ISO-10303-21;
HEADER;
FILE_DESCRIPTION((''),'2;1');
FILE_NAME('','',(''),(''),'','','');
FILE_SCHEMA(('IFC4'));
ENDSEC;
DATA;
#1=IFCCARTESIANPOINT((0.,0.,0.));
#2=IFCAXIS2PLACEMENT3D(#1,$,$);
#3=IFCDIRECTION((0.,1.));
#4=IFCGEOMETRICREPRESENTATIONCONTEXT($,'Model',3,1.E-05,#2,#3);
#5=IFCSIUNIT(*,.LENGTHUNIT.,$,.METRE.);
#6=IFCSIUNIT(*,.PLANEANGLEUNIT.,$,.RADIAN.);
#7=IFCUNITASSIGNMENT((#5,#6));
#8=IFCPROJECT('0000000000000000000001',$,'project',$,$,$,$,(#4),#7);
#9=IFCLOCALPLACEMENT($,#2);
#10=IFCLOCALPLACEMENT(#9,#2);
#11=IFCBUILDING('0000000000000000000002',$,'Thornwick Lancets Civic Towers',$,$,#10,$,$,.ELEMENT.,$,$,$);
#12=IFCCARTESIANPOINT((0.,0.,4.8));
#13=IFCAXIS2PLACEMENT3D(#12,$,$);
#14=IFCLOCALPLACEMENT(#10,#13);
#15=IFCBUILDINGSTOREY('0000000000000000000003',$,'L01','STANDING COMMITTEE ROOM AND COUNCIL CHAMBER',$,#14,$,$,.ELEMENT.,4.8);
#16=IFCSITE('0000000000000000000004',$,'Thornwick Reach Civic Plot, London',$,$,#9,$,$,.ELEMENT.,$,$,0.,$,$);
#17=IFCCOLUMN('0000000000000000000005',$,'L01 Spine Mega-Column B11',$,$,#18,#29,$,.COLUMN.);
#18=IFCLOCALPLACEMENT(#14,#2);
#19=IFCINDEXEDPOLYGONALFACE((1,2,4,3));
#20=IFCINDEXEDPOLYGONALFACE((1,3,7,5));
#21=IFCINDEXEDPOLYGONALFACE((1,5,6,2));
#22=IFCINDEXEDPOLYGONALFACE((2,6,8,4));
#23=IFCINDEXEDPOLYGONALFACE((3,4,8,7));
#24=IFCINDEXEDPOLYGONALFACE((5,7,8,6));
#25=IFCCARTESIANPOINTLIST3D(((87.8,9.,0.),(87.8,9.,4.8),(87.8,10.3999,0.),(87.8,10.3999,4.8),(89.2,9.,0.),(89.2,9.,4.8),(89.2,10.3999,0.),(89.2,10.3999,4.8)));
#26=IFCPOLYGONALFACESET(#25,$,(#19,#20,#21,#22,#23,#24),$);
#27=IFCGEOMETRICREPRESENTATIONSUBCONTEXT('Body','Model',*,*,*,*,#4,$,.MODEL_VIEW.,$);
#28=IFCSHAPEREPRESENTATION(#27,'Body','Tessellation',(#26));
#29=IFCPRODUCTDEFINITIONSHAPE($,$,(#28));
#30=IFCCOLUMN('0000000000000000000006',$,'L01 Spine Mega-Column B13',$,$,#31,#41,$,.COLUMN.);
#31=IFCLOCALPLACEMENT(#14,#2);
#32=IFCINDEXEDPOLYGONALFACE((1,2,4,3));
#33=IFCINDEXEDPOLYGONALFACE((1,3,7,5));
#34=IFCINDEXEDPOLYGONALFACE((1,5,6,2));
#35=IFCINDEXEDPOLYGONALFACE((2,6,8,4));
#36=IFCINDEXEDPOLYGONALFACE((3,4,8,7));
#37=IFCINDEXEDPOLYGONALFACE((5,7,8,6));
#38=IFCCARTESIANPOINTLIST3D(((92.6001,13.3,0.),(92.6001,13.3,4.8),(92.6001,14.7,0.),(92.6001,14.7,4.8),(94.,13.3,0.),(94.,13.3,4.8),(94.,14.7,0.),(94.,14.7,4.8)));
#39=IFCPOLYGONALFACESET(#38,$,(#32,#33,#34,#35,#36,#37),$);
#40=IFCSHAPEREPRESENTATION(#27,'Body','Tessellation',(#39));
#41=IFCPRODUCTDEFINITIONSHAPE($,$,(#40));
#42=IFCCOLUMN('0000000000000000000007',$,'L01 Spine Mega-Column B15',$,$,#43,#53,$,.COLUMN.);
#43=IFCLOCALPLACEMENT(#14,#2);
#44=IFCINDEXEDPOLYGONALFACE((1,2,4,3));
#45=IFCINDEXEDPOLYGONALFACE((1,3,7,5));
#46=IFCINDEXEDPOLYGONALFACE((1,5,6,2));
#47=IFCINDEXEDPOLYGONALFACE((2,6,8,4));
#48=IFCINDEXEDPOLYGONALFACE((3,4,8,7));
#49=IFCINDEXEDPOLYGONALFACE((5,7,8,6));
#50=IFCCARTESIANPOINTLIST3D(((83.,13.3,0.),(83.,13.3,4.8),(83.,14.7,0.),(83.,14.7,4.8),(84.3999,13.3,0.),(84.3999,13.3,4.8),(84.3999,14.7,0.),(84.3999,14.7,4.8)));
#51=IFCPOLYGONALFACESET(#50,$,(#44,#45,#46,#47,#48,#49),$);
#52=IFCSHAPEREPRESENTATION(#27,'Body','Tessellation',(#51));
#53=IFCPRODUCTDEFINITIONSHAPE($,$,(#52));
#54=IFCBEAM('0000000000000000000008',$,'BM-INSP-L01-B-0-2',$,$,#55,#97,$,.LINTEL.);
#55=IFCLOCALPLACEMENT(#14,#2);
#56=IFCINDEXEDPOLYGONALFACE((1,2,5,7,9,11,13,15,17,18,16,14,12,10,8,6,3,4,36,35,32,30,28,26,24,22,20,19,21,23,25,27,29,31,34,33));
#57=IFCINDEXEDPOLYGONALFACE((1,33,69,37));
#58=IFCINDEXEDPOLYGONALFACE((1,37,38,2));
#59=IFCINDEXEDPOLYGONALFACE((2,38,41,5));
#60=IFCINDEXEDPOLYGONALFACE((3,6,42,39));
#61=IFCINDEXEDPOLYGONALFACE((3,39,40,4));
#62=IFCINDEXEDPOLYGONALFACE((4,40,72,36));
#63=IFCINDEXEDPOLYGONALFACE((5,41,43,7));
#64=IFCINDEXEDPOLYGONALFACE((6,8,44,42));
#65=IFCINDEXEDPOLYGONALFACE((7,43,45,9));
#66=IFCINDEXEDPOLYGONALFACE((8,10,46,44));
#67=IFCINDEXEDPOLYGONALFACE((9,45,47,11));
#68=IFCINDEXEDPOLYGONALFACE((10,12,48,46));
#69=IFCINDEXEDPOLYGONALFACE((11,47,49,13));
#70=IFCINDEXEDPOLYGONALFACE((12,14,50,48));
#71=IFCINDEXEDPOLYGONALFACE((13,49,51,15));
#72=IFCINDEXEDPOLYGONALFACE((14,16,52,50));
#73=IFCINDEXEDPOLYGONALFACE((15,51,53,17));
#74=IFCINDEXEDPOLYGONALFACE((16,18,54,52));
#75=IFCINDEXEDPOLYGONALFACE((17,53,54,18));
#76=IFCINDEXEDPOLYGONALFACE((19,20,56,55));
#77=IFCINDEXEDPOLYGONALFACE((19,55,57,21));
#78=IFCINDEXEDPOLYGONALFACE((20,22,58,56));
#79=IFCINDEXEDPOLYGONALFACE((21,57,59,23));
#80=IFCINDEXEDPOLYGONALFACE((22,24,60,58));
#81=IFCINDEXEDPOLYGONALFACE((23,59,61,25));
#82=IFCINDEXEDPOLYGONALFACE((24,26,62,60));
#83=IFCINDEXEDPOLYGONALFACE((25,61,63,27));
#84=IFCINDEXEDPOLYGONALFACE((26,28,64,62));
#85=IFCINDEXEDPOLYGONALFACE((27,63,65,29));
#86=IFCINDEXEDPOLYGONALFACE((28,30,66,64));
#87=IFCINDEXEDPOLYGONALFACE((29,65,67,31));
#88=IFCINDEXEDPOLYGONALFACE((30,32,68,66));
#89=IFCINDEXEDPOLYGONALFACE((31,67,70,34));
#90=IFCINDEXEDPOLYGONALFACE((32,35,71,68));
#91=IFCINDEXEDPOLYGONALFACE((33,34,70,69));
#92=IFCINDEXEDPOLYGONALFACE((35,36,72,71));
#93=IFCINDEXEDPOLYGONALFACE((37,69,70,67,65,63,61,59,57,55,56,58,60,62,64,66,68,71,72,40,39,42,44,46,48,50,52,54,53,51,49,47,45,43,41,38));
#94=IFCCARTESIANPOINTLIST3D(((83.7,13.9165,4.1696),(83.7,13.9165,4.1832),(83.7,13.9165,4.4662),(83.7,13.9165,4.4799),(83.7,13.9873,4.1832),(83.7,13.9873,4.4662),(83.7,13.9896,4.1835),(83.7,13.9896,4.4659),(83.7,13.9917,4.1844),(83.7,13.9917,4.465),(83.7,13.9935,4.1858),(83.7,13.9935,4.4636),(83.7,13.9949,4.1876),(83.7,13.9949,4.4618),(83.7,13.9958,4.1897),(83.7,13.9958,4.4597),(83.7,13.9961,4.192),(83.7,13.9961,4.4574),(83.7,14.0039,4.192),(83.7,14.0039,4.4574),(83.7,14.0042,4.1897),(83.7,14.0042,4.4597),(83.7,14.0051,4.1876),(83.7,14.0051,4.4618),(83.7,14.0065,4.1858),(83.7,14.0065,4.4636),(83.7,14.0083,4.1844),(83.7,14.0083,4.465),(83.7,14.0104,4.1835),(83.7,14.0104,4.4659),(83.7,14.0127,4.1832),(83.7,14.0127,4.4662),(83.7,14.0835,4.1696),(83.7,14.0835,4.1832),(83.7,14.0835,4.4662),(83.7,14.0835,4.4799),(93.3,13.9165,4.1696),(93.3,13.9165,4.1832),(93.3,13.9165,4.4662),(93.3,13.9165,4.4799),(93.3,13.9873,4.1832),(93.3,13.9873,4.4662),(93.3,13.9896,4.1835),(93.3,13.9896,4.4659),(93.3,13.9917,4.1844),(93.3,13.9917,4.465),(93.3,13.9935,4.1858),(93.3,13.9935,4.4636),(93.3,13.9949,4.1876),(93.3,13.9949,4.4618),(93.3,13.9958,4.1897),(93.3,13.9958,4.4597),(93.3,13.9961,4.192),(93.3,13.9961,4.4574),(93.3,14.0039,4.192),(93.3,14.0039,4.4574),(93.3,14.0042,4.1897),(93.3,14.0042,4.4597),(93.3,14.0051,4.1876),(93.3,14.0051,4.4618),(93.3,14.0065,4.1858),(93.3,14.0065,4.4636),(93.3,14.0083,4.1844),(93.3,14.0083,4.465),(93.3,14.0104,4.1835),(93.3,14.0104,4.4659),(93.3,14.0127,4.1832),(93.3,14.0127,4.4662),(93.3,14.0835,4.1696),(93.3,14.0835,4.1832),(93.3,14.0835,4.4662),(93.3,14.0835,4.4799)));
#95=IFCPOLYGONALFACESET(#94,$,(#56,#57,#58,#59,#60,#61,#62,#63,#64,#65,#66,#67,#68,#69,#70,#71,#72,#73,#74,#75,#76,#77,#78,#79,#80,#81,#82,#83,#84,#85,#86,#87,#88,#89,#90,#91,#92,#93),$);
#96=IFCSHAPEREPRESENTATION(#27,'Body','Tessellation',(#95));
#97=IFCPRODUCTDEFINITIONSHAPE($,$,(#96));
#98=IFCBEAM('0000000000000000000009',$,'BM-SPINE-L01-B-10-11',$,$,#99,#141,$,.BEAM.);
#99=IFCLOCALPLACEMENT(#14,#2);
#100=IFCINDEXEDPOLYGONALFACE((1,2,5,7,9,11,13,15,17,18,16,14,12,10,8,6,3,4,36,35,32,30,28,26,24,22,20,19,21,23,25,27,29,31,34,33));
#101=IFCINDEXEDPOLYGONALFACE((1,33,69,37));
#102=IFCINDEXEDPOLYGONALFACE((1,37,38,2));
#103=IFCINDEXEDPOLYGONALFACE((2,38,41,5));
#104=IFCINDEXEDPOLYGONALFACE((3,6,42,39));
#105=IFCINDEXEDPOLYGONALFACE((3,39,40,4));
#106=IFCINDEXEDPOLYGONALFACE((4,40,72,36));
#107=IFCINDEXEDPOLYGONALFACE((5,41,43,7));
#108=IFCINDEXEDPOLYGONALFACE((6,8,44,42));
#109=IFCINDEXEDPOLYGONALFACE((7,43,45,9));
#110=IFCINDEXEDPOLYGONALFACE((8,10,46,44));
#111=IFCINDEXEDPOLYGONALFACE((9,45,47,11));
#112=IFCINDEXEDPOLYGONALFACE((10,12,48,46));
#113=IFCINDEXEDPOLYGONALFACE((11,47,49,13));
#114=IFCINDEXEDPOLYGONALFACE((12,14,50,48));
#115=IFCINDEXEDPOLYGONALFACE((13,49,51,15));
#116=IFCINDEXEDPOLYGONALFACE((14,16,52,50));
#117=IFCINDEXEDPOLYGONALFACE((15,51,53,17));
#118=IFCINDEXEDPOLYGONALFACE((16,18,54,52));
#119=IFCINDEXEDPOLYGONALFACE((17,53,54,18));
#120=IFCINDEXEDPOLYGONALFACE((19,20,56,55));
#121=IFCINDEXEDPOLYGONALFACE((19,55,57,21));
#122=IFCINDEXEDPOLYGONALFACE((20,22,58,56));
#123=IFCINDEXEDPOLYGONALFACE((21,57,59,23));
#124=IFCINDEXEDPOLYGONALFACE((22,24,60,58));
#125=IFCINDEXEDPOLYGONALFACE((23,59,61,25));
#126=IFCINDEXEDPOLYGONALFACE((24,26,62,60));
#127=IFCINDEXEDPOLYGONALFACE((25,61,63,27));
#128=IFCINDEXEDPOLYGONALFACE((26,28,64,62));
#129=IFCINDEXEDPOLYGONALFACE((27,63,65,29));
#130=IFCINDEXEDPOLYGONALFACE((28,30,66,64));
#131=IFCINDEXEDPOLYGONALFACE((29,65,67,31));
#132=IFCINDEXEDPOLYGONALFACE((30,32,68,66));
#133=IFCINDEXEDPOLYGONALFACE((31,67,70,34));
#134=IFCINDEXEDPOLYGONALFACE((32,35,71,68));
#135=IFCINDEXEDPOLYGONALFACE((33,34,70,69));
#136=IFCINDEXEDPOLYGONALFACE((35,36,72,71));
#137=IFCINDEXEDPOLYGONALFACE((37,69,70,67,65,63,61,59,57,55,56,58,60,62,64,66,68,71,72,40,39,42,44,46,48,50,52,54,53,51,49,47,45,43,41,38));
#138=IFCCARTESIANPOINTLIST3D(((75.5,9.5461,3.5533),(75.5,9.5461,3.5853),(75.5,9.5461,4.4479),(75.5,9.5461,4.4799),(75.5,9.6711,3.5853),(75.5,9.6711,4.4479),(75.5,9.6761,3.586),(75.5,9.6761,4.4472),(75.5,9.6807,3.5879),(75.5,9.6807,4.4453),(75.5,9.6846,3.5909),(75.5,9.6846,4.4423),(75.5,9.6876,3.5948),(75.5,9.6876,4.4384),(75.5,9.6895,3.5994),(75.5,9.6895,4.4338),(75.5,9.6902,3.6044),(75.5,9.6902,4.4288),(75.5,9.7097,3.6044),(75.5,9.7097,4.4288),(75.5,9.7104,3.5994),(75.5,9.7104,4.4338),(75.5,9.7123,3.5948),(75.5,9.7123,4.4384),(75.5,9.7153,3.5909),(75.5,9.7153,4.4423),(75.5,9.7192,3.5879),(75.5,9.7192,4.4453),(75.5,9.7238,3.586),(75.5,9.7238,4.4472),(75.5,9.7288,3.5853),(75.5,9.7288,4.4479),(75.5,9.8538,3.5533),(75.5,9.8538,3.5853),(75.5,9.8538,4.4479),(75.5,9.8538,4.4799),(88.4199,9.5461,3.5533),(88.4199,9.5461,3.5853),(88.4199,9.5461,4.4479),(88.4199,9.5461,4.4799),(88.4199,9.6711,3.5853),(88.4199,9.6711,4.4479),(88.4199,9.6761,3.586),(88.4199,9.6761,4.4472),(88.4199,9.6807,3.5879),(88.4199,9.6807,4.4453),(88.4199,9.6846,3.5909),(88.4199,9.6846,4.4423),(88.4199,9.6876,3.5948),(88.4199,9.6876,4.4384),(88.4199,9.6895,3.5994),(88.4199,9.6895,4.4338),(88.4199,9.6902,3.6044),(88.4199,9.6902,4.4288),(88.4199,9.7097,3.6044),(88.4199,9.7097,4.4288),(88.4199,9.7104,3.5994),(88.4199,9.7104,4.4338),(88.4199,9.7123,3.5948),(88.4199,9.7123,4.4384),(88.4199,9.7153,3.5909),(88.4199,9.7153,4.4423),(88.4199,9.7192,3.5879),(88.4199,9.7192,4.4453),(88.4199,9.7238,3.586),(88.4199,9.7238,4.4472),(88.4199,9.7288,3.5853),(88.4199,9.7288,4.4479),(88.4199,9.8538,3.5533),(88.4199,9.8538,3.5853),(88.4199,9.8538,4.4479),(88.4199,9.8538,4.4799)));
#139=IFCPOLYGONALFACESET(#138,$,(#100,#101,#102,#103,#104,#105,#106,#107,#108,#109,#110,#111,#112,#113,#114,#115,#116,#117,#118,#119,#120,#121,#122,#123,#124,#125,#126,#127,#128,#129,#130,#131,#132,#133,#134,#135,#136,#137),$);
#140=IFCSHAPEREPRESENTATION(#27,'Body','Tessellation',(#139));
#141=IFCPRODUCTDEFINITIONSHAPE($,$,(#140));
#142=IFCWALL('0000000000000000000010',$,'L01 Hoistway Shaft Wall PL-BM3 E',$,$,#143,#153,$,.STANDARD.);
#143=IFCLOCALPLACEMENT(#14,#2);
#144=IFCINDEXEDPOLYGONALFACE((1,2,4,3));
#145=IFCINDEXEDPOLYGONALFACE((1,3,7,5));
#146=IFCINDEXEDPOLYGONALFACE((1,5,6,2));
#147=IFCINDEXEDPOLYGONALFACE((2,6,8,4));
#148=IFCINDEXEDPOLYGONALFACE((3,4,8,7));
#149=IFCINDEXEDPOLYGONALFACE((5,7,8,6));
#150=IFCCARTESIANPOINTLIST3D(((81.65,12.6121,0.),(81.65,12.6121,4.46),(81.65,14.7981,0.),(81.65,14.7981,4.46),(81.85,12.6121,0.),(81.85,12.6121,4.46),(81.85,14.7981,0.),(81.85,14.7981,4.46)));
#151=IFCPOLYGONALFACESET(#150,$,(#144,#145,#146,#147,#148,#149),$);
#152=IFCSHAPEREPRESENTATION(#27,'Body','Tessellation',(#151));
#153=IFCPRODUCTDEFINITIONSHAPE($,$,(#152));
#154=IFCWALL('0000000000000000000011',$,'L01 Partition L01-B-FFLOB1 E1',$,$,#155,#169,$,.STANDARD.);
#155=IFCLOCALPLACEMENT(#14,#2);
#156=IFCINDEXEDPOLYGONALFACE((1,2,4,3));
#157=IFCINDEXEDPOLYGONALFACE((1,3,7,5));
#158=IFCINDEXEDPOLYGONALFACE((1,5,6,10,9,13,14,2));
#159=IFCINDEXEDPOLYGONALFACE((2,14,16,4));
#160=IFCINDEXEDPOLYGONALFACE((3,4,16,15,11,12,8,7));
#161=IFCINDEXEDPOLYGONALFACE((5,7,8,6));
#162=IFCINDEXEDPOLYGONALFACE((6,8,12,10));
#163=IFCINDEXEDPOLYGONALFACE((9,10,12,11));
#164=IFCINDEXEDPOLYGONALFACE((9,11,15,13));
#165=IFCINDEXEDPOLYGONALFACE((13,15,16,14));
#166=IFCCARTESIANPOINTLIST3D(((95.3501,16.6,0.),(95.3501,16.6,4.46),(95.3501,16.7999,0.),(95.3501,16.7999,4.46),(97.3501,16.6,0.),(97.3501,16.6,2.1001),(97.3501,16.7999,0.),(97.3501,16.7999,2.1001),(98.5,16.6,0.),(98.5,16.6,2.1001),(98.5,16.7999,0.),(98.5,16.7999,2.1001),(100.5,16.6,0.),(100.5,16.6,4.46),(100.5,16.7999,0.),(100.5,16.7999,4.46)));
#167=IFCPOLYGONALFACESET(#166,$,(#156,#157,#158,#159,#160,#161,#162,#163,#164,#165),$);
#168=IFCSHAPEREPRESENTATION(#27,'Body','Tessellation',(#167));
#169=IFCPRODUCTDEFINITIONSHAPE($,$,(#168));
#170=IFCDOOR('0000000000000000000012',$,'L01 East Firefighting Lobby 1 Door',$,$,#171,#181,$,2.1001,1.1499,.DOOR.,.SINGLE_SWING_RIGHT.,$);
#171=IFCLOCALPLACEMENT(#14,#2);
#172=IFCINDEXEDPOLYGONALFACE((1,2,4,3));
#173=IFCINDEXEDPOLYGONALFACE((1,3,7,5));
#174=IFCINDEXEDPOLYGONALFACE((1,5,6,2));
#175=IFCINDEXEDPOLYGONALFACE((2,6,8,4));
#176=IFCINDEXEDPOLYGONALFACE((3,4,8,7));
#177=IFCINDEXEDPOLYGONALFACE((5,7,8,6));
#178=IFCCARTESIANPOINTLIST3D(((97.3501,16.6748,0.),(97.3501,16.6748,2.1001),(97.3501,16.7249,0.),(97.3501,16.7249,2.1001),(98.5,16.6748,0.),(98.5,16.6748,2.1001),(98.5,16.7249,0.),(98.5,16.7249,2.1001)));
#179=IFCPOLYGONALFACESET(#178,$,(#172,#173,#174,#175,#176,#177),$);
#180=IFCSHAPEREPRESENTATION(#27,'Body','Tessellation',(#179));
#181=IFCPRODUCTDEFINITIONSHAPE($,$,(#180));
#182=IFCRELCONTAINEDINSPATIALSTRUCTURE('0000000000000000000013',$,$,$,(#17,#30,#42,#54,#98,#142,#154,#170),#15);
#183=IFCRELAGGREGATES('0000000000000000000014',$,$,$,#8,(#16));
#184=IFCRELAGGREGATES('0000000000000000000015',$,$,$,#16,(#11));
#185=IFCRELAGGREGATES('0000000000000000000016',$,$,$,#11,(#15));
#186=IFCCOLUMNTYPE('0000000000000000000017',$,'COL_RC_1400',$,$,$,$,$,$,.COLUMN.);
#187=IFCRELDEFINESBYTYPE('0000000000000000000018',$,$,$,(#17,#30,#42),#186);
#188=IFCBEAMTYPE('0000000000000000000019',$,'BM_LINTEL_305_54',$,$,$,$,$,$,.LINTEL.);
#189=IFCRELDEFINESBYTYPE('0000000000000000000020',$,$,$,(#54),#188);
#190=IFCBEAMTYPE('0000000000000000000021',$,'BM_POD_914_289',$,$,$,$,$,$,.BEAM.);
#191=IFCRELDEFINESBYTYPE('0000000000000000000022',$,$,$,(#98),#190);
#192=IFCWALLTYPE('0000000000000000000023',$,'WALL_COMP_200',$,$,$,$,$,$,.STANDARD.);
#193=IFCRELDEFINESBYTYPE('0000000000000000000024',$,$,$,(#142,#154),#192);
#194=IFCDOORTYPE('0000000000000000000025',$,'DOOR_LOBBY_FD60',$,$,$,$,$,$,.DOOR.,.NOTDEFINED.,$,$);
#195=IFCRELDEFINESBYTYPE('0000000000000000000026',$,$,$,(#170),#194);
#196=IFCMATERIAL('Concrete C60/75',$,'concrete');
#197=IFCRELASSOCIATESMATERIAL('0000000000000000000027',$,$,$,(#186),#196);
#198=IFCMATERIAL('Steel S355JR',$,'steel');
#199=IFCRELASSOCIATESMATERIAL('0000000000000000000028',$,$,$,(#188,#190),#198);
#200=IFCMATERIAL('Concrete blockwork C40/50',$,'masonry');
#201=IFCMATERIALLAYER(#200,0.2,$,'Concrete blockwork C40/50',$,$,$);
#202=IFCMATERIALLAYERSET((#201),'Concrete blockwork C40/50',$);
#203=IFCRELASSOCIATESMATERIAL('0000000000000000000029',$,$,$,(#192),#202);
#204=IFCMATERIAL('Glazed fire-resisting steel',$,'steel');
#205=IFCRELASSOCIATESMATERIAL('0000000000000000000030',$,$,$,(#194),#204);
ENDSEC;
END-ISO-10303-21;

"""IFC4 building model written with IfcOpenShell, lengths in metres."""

from ifc_helpers import new_model, si_unit, direction, frame, frame_2d, origin, origin_2d, place, context, subcontext, project, spatial, rectangle, i_section, extrude, material, layer, layer_set, material_profile, profile_set, type_object, element, fill, save


model = new_model("IFC4")

# Units and contexts
model_context = context("Model", 3, precision=1e-05, world=origin(), true_north=direction((0.0, 1.0)))
body_context = subcontext(model_context, "Body", "Model", "MODEL_VIEW")
ifc_project = project(units=[si_unit("LENGTHUNIT", "METRE"), si_unit("PLANEANGLEUNIT", "RADIAN")], contexts=[model_context])

# Site, building, storey
site_placement = place(None, origin())
site = spatial("IfcSite", under=ifc_project, at=site_placement, Name="Thornwick Reach Civic Plot, London", CompositionType="ELEMENT", RefElevation=0.0)
building_placement = place(site_placement, origin())
building = spatial("IfcBuilding", under=site, at=building_placement, Name="Thornwick Lancets Civic Towers", CompositionType="ELEMENT")
storey_placement = place(building_placement, frame((0.0, 0.0, 4.8)))
storey = spatial("IfcBuildingStorey", under=building, at=storey_placement, Name="L01", Description="STANDING COMMITTEE ROOM AND COUNCIL CHAMBER", CompositionType="ELEMENT", Elevation=4.8)

# Columns
ifc_material_1 = material(Name="Concrete C60/75", Category="concrete")
ifc_material_profile_1 = material_profile(ifc_material_1, rectangle(XDim=1.3999, YDim=1.3999, at=origin_2d()), Name="RC 1400x1400")
ifc_profile_set_1 = profile_set([ifc_material_profile_1], Name="Concrete C60/75")
column_type = type_object("IfcColumnType", Name="COL_RC_1400", PredefinedType="COLUMN", material=ifc_profile_set_1)
for number, where, z_axis, x_axis, name in (
    (1, (88.5, 9.7, 0.0), (0.0, 0.0, 1.0), (1.0, 0.0, 0.0), "L01 Spine Mega-Column B11"),
    (2, (93.3, 14.0, 0.0), (0.0, 0.0, 1.0), (1.0, 0.0, 0.0), "L01 Spine Mega-Column B13"),
    (3, (83.7, 14.0, 0.0), (0.0, 0.0, 1.0), (1.0, 0.0, 0.0), "L01 Spine Mega-Column B15"),
):
    element("IfcColumn", number, at=place(storey_placement, frame(where, z_axis=z_axis, x_axis=x_axis)), inside=storey, type_object=column_type, Name=name, PredefinedType="COLUMN", context=body_context, shape_type="SweptSolid", body=[
        extrude(rectangle(XDim=1.3999, YDim=1.3999, at=origin_2d()), origin(), (0.0, 0.0, 1.0), 4.8),
    ])

# Beams
ifc_material_2 = material(Name="Steel S355JR", Category="steel")
ifc_material_profile_2 = material_profile(ifc_material_2, i_section(OverallWidth=0.167, OverallDepth=0.3103, WebThickness=0.0078, FlangeThickness=0.0137, FilletRadius=0.0088, at=origin_2d()), Name="UKB 305x165x54")
ifc_profile_set_2 = profile_set([ifc_material_profile_2], Name="Steel S355JR")
beam_type_1 = type_object("IfcBeamType", Name="BM_LINTEL_305_54", PredefinedType="LINTEL", material=ifc_profile_set_2)
beam_1_placement = place(storey_placement, frame((93.3, 14.0, 4.3247), z_axis=(-1.0, 0.0, 0.0), x_axis=(0.0, -1.0, 0.0)))
element("IfcBeam", 4, at=beam_1_placement, inside=storey, type_object=beam_type_1, Name="BM-INSP-L01-B-0-2", PredefinedType="LINTEL", context=body_context, shape_type="SweptSolid", body=[
    extrude(i_section(OverallWidth=0.167, OverallDepth=0.3103, WebThickness=0.0078, FlangeThickness=0.0137, FilletRadius=0.0088, at=origin_2d()), origin(), (0.0, 0.0, 1.0), 9.6001),
])
ifc_material_profile_3 = material_profile(ifc_material_2, i_section(OverallWidth=0.3076, OverallDepth=0.9265, WebThickness=0.0195, FlangeThickness=0.032, FilletRadius=0.019, at=origin_2d()), Name="UKB 914x305x289")
ifc_profile_set_3 = profile_set([ifc_material_profile_3], Name="Steel S355JR")
beam_type_2 = type_object("IfcBeamType", Name="BM_POD_914_289", PredefinedType="BEAM", material=ifc_profile_set_3)
beam_2_placement = place(storey_placement, frame((88.4199, 9.7, 4.0166), z_axis=(-1.0, 0.0, 0.0), x_axis=(0.0, -1.0, 0.0)))
element("IfcBeam", 5, at=beam_2_placement, inside=storey, type_object=beam_type_2, Name="BM-SPINE-L01-B-10-11", PredefinedType="BEAM", context=body_context, shape_type="SweptSolid", body=[
    extrude(i_section(OverallWidth=0.3076, OverallDepth=0.9265, WebThickness=0.0195, FlangeThickness=0.032, FilletRadius=0.019, at=origin_2d()), origin(), (0.0, 0.0, 1.0), 12.9199),
])

# Wall
ifc_material_3 = material(Name="Concrete blockwork C40/50", Category="masonry")
ifc_layer_1 = layer(ifc_material_3, 0.2, Name="Concrete blockwork C40/50")
ifc_layer_set_1 = layer_set([ifc_layer_1], Name="Concrete blockwork C40/50")
wall_type_1 = type_object("IfcWallType", Name="WALL_COMP_200", PredefinedType="STANDARD", material=ifc_layer_set_1)
wall_1_placement = place(storey_placement, frame((81.75, 12.6121, 0.0), z_axis=(0.0, 0.0, 1.0), x_axis=(0.0, 1.0, 0.0)))
element("IfcWall", 6, at=wall_1_placement, inside=storey, type_object=wall_type_1, Name="L01 Hoistway Shaft Wall PL-BM3 E", PredefinedType="STANDARD", context=body_context, shape_type="SweptSolid", body=[
    extrude(rectangle(XDim=2.186, YDim=0.2, at=frame_2d((1.093, 0.0))), origin(), (0.0, 0.0, 1.0), 4.46),
])

# Wall, opening, door
wall_2_placement = place(storey_placement, frame((95.3501, 16.7, 0.0), z_axis=(0.0, 0.0, 1.0), x_axis=(1.0, 0.0, 0.0)))
wall_2 = element("IfcWall", 7, at=wall_2_placement, inside=storey, type_object=wall_type_1, Name="L01 Partition L01-B-FFLOB1 E1", PredefinedType="STANDARD", context=body_context, shape_type="SweptSolid", body=[
    extrude(rectangle(XDim=5.1499, YDim=0.2, at=frame_2d((2.575, 0.0))), origin(), (0.0, 0.0, 1.0), 4.46),
])
opening_1_placement = place(wall_2_placement, frame((2.0, 0.0, 0.0)))
opening_1 = element("IfcOpeningElement", 8, at=opening_1_placement, cuts=wall_2, PredefinedType="OPENING", context=body_context, shape_type="SweptSolid", body=[
    extrude(rectangle(XDim=1.1499, YDim=2.1001, at=frame_2d((0.575, 1.05))), frame((0.0, 0.1099, 0.0), z_axis=(0.0, -1.0, 0.0), x_axis=(1.0, 0.0, 0.0)), (0.0, 0.0, 1.0), 0.22),
])
ifc_material_4 = material(Name="Glazed fire-resisting steel", Category="steel")
door_type_1 = type_object("IfcDoorType", Name="DOOR_LOBBY_FD60", OperationType="NOTDEFINED", PredefinedType="DOOR", material=ifc_material_4)
door_1_placement = place(opening_1_placement, origin())
door_1 = element("IfcDoor", 9, at=door_1_placement, inside=storey, type_object=door_type_1, Name="L01 East Firefighting Lobby 1 Door", OperationType="SINGLE_SWING_RIGHT", OverallHeight=2.1001, OverallWidth=1.1499, PredefinedType="DOOR", context=body_context, shape_type="SweptSolid", body=[
    extrude(rectangle(XDim=1.1499, YDim=2.1001, at=frame_2d((0.575, 1.05))), frame((0.0, 0.0249, 0.0), z_axis=(0.0, -1.0, 0.0), x_axis=(1.0, 0.0, 0.0)), (0.0, 0.0, 1.0), 0.05),
])
fill(opening_1, door_1)

save(model, "model.ifc")
